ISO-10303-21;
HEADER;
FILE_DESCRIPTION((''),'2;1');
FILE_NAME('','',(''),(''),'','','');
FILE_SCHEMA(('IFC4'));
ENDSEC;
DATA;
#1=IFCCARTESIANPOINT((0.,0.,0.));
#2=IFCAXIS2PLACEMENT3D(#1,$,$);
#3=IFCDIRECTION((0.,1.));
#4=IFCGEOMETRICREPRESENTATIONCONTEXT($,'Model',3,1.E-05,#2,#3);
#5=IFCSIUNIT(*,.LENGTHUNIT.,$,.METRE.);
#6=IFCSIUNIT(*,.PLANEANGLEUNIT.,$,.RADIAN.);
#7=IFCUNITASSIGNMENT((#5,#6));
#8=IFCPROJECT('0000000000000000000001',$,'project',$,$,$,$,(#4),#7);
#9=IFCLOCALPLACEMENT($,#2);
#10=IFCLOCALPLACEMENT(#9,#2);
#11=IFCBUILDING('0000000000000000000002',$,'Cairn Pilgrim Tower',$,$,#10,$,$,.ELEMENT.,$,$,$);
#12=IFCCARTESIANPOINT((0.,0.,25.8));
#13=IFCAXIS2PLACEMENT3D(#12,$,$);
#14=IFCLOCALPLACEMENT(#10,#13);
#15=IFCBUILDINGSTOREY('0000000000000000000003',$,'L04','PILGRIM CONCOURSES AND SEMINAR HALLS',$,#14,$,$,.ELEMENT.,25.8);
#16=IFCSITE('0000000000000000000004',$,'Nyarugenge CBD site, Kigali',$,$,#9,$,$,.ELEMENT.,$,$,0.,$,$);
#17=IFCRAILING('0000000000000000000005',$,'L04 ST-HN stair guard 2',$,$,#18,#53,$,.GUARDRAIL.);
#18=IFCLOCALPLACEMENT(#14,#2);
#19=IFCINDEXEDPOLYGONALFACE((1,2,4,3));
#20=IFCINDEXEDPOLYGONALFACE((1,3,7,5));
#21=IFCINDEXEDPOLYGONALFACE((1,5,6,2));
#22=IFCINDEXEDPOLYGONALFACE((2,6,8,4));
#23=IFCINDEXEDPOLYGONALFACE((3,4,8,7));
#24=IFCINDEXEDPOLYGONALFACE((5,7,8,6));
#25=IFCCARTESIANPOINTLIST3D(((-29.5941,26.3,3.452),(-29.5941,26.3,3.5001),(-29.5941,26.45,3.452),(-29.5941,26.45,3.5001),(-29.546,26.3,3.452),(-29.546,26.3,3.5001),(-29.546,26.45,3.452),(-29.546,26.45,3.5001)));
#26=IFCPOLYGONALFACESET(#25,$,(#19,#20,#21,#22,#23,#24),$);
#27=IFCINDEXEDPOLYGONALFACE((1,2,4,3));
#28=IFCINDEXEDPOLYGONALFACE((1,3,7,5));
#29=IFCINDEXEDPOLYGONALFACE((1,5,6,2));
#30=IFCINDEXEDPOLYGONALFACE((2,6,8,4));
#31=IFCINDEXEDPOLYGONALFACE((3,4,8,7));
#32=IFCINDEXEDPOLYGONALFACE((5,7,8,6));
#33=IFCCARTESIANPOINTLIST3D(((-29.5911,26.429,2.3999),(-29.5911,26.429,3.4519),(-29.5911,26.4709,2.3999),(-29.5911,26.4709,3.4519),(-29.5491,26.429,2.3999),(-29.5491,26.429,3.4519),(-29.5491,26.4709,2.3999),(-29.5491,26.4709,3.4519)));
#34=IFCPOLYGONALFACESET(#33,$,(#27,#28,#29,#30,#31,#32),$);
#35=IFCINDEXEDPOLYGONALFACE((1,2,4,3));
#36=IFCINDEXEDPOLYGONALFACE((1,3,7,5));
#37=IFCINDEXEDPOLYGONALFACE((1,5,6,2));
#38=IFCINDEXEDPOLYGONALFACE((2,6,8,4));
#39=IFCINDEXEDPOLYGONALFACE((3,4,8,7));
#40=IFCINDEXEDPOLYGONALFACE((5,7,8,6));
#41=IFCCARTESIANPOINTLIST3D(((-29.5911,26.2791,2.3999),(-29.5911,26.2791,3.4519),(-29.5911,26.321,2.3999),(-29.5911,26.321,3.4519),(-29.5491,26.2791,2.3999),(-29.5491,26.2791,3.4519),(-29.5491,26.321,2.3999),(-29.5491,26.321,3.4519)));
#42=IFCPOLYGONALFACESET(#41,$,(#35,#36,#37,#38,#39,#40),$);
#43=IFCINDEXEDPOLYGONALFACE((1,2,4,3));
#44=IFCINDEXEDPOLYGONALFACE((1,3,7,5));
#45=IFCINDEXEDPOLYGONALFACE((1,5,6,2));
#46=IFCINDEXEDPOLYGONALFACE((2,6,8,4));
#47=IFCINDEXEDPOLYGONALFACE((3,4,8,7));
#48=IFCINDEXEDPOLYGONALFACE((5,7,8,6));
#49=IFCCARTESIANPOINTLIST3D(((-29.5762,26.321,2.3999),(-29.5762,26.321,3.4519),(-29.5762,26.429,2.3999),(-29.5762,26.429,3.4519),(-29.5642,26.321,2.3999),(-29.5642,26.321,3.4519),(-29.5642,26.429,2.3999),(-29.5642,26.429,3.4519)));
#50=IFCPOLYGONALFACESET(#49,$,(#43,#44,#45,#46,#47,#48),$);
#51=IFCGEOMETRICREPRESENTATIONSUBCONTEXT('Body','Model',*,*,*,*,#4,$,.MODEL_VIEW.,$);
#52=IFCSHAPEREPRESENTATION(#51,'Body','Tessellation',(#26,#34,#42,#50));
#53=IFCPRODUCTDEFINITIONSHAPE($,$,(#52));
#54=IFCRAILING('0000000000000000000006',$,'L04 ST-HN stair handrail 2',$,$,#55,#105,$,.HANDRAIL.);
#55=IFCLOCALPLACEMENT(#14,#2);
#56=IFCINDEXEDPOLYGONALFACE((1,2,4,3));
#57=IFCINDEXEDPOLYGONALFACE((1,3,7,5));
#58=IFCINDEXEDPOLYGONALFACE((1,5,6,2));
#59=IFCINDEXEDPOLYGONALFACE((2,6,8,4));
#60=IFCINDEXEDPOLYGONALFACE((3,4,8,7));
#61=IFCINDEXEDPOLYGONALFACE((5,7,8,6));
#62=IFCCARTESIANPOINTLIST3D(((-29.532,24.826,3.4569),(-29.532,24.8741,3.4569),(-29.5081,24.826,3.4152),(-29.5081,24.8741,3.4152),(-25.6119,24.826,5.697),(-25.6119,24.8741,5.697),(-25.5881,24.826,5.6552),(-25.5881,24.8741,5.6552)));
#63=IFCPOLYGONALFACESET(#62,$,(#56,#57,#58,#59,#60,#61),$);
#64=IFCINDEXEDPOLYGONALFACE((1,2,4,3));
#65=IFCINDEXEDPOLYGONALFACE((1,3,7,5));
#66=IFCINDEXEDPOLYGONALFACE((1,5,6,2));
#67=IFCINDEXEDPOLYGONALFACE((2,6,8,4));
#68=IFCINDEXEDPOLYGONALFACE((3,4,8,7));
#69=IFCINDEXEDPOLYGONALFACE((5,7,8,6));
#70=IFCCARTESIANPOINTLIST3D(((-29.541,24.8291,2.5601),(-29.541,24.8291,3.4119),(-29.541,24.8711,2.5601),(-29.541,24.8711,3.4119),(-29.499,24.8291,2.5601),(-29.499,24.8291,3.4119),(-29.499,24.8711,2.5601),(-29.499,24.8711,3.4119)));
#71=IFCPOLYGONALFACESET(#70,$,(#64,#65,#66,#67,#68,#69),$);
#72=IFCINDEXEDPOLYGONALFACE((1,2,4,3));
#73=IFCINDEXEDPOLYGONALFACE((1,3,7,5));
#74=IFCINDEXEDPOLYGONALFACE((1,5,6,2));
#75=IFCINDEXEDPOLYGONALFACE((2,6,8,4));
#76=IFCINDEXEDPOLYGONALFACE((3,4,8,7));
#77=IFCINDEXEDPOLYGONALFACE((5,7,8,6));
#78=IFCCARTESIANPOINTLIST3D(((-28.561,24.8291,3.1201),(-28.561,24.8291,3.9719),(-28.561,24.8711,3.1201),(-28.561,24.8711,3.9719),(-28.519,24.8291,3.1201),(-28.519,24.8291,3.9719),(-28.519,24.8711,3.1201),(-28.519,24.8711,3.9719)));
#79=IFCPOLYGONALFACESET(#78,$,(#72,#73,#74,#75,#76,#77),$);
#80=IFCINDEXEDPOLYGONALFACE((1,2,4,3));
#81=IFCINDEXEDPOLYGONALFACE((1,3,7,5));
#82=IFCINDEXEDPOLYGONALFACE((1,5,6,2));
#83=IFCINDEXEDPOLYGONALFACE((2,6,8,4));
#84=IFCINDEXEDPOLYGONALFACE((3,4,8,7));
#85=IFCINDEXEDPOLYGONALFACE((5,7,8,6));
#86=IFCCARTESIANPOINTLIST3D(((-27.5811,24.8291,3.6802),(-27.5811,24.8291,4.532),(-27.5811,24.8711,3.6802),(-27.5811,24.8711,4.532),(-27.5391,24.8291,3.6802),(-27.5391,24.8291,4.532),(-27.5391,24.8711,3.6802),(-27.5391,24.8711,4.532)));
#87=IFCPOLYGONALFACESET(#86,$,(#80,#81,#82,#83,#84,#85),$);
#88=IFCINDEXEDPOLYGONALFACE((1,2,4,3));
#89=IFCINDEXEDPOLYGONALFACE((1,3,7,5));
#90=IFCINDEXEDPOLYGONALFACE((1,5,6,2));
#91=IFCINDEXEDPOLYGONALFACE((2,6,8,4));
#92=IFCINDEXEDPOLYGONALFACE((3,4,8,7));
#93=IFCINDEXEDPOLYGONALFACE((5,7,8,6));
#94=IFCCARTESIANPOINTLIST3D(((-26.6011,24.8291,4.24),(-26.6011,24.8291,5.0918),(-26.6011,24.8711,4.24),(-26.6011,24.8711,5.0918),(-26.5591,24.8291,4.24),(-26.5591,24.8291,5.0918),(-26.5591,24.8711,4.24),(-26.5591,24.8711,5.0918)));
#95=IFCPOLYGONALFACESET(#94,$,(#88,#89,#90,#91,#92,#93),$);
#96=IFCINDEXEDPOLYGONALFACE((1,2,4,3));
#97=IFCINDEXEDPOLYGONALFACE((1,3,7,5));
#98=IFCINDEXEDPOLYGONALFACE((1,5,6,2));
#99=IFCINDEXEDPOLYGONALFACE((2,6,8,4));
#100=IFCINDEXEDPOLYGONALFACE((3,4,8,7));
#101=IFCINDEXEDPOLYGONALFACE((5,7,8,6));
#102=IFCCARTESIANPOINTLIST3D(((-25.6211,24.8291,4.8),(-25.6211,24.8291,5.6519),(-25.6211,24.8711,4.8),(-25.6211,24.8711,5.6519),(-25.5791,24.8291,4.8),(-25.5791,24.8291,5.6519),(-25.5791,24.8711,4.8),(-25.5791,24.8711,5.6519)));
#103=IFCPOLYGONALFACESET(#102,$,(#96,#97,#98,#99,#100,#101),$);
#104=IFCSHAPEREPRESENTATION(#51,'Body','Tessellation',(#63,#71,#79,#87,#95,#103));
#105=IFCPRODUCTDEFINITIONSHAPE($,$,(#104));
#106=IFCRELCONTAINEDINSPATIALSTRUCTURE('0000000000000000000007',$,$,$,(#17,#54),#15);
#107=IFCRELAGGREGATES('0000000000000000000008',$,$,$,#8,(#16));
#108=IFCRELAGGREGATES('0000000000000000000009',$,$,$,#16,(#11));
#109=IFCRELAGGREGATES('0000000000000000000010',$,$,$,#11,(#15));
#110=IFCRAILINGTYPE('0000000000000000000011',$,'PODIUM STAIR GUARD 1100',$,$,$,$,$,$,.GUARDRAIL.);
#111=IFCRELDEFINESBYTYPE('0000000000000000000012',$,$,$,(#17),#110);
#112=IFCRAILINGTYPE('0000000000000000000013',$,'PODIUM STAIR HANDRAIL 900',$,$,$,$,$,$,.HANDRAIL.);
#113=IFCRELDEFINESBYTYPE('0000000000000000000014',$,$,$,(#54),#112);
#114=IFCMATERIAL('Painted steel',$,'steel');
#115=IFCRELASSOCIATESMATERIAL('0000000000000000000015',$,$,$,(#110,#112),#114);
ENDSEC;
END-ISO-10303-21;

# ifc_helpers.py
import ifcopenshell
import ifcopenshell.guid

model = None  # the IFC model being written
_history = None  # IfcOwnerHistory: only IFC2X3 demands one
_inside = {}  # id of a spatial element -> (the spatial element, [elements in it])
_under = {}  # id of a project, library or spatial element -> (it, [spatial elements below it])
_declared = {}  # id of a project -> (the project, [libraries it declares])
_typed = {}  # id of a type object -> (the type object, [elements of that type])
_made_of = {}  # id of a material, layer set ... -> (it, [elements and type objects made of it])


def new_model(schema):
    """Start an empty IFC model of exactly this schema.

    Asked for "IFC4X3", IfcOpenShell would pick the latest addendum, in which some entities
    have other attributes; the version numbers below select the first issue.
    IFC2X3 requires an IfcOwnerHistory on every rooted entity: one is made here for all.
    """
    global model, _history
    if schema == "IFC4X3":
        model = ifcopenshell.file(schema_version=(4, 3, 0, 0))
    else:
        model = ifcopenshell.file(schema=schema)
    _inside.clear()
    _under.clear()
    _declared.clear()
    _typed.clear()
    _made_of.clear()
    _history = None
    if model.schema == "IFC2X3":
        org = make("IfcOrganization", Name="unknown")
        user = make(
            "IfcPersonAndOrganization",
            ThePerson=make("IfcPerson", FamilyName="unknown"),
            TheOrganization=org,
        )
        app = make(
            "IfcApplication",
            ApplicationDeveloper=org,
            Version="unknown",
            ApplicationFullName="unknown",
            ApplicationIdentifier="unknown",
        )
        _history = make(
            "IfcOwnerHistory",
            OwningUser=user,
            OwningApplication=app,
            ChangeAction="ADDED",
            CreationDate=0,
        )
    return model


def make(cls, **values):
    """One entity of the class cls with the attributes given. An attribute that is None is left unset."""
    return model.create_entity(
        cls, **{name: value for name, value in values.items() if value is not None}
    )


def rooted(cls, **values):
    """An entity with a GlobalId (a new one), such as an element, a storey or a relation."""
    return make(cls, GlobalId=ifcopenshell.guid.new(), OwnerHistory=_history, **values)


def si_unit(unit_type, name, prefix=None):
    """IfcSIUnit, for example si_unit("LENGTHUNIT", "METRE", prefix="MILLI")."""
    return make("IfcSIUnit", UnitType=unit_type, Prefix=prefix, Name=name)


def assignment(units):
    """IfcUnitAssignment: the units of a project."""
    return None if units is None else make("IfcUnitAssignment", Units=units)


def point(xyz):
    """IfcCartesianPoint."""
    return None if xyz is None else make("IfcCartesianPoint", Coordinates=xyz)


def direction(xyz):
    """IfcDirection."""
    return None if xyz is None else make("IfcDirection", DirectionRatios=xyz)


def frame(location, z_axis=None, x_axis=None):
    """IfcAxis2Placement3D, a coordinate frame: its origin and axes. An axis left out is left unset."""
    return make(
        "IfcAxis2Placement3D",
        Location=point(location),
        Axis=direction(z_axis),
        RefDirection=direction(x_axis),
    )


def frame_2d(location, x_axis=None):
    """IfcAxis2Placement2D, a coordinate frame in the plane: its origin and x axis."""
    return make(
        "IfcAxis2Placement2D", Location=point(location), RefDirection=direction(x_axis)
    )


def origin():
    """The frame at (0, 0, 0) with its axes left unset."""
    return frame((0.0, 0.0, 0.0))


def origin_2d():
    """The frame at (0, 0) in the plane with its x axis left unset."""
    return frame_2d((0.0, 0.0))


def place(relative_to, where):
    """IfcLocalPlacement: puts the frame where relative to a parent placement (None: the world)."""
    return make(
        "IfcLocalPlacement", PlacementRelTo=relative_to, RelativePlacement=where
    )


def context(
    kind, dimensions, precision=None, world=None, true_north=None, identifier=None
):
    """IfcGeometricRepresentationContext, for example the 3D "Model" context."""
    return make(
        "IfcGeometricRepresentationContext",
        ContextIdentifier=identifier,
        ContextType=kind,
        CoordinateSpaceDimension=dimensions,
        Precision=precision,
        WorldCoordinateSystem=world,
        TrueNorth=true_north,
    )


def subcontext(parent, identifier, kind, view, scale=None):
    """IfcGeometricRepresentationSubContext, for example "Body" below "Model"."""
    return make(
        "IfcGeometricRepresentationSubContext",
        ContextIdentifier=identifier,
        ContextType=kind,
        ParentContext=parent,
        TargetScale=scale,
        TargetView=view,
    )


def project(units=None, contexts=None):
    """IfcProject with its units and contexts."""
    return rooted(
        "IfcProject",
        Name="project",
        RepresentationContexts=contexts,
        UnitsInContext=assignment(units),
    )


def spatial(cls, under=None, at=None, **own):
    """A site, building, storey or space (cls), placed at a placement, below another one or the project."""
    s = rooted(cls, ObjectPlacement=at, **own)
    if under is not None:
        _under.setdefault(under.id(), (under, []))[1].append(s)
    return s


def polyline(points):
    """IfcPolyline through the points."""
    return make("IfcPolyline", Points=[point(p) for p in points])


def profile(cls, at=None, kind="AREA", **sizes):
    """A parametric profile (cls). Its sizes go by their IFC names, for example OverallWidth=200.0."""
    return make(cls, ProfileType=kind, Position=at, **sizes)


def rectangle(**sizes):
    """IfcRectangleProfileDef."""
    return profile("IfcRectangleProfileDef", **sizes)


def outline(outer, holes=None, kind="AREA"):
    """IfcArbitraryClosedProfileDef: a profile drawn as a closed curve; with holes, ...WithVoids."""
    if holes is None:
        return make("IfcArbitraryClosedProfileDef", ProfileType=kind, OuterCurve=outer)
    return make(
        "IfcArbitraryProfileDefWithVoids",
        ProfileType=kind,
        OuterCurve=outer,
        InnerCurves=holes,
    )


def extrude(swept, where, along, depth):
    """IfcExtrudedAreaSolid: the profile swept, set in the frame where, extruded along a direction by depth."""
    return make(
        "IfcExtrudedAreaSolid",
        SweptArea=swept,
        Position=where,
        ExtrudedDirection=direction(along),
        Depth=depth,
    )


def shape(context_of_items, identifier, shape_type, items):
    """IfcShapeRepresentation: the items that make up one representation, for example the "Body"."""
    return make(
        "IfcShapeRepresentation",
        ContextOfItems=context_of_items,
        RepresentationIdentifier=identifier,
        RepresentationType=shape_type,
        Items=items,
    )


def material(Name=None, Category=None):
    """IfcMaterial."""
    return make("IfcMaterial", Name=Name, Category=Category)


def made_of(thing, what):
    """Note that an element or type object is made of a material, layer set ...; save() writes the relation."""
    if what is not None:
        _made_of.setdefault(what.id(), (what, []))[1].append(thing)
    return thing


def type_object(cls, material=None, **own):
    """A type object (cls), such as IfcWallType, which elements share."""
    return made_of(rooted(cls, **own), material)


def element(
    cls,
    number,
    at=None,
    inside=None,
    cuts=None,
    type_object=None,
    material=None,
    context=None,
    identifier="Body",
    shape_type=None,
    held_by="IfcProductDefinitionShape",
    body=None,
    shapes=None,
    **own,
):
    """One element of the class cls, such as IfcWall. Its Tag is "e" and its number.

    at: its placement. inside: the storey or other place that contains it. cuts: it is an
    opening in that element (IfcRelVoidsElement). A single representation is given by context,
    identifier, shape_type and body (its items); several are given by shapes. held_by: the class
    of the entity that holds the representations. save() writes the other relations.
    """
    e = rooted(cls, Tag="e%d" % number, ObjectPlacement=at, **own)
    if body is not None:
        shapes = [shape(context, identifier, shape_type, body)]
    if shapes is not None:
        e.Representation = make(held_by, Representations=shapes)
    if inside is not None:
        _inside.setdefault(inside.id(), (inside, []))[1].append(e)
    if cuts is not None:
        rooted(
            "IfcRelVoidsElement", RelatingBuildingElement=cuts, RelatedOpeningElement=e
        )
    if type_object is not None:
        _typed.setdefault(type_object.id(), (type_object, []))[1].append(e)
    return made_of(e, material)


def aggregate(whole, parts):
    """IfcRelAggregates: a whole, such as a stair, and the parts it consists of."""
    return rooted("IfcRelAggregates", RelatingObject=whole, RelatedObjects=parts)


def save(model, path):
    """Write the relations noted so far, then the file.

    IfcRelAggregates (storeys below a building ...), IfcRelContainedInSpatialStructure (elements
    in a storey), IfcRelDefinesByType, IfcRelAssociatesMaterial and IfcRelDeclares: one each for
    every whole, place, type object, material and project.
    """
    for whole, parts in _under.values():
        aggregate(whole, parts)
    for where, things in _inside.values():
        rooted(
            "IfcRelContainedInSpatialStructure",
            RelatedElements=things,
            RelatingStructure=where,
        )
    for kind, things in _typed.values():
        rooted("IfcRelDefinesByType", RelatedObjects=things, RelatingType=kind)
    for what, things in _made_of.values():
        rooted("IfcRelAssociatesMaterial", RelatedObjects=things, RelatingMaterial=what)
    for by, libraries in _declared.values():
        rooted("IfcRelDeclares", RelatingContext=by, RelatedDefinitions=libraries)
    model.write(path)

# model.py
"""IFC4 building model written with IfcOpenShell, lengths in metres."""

from ifc_helpers import new_model, si_unit, direction, frame, origin, origin_2d, place, context, subcontext, project, spatial, polyline, rectangle, outline, extrude, material, type_object, element, save


model = new_model("IFC4")

# Units and contexts
model_context = context("Model", 3, precision=1e-05, world=origin(), true_north=direction((0.0, 1.0)))
body_context = subcontext(model_context, "Body", "Model", "MODEL_VIEW")
ifc_project = project(units=[si_unit("LENGTHUNIT", "METRE"), si_unit("PLANEANGLEUNIT", "RADIAN")], contexts=[model_context])

# Site, building, storey
site_placement = place(None, origin())
site = spatial("IfcSite", under=ifc_project, at=site_placement, Name="Nyarugenge CBD site, Kigali", CompositionType="ELEMENT", RefElevation=0.0)
building_placement = place(site_placement, origin())
building = spatial("IfcBuilding", under=site, at=building_placement, Name="Cairn Pilgrim Tower", CompositionType="ELEMENT")
storey_placement = place(building_placement, frame((0.0, 0.0, 25.8)))
storey = spatial("IfcBuildingStorey", under=building, at=storey_placement, Name="L04", Description="PILGRIM CONCOURSES AND SEMINAR HALLS", CompositionType="ELEMENT", Elevation=25.8)

# Railings
ifc_material_1 = material(Name="Painted steel", Category="steel")
railing_type_1 = type_object("IfcRailingType", Name="PODIUM STAIR GUARD 1100", PredefinedType="GUARDRAIL", material=ifc_material_1)
railing_1_placement = place(storey_placement, frame((-29.5701, 26.45, 2.3999)))
element("IfcRailing", 1, at=railing_1_placement, inside=storey, type_object=railing_type_1, Name="L04 ST-HN stair guard 2", PredefinedType="GUARDRAIL", context=body_context, shape_type="SweptSolid", body=[
    extrude(rectangle(XDim=0.0481, YDim=0.0481, at=origin_2d()), frame((0.0, 0.0, 1.0762), z_axis=(0.0, -1.0, 0.0), x_axis=(1.0, 0.0, 0.0)), (0.0, 0.0, 1.0), 0.1499),
    extrude(rectangle(XDim=0.042, YDim=0.042, at=origin_2d()), origin(), (0.0, 0.0, 1.0), 1.052),
    extrude(rectangle(XDim=0.042, YDim=0.042, at=origin_2d()), frame((0.0, -0.1499, 0.0)), (0.0, 0.0, 1.0), 1.052),
    extrude(outline(polyline([(0.021, 0.0), (0.1289, 0.0), (0.1289, 1.052), (0.021, 1.052), (0.021, 0.0)])), frame((0.0059, 0.0, 0.0), z_axis=(-1.0, 0.0, 0.0), x_axis=(0.0, -1.0, 0.0)), (0.0, 0.0, 1.0), 0.012),
])
railing_type_2 = type_object("IfcRailingType", Name="PODIUM STAIR HANDRAIL 900", PredefinedType="HANDRAIL", material=ifc_material_1)
railing_2_placement = place(storey_placement, frame((-29.52, 24.8501, 2.5601)))
element("IfcRailing", 2, at=railing_2_placement, inside=storey, type_object=railing_type_2, Name="L04 ST-HN stair handrail 2", PredefinedType="HANDRAIL", context=body_context, shape_type="SweptSolid", body=[
    extrude(rectangle(XDim=0.0481, YDim=0.0481, at=origin_2d()), frame((0.0, 0.0, 0.876), z_axis=(0.86824, 0.0, 0.496145), x_axis=(0.0, 1.0, 0.0)), (0.0, 0.0, 1.0), 4.5149),
    extrude(rectangle(XDim=0.042, YDim=0.042, at=origin_2d()), origin(), (0.0, 0.0, 1.0), 0.8518),
    extrude(rectangle(XDim=0.042, YDim=0.042, at=origin_2d()), frame((0.98, 0.0, 0.5601)), (0.0, 0.0, 1.0), 0.8518),
    extrude(rectangle(XDim=0.042, YDim=0.042, at=origin_2d()), frame((1.96, 0.0, 1.1201)), (0.0, 0.0, 1.0), 0.8518),
    extrude(rectangle(XDim=0.042, YDim=0.042, at=origin_2d()), frame((2.9399, 0.0, 1.6799)), (0.0, 0.0, 1.0), 0.8518),
    extrude(rectangle(XDim=0.042, YDim=0.042, at=origin_2d()), frame((3.9199, 0.0, 2.24)), (0.0, 0.0, 1.0), 0.8518),
])

save(model, "model.ifc")
